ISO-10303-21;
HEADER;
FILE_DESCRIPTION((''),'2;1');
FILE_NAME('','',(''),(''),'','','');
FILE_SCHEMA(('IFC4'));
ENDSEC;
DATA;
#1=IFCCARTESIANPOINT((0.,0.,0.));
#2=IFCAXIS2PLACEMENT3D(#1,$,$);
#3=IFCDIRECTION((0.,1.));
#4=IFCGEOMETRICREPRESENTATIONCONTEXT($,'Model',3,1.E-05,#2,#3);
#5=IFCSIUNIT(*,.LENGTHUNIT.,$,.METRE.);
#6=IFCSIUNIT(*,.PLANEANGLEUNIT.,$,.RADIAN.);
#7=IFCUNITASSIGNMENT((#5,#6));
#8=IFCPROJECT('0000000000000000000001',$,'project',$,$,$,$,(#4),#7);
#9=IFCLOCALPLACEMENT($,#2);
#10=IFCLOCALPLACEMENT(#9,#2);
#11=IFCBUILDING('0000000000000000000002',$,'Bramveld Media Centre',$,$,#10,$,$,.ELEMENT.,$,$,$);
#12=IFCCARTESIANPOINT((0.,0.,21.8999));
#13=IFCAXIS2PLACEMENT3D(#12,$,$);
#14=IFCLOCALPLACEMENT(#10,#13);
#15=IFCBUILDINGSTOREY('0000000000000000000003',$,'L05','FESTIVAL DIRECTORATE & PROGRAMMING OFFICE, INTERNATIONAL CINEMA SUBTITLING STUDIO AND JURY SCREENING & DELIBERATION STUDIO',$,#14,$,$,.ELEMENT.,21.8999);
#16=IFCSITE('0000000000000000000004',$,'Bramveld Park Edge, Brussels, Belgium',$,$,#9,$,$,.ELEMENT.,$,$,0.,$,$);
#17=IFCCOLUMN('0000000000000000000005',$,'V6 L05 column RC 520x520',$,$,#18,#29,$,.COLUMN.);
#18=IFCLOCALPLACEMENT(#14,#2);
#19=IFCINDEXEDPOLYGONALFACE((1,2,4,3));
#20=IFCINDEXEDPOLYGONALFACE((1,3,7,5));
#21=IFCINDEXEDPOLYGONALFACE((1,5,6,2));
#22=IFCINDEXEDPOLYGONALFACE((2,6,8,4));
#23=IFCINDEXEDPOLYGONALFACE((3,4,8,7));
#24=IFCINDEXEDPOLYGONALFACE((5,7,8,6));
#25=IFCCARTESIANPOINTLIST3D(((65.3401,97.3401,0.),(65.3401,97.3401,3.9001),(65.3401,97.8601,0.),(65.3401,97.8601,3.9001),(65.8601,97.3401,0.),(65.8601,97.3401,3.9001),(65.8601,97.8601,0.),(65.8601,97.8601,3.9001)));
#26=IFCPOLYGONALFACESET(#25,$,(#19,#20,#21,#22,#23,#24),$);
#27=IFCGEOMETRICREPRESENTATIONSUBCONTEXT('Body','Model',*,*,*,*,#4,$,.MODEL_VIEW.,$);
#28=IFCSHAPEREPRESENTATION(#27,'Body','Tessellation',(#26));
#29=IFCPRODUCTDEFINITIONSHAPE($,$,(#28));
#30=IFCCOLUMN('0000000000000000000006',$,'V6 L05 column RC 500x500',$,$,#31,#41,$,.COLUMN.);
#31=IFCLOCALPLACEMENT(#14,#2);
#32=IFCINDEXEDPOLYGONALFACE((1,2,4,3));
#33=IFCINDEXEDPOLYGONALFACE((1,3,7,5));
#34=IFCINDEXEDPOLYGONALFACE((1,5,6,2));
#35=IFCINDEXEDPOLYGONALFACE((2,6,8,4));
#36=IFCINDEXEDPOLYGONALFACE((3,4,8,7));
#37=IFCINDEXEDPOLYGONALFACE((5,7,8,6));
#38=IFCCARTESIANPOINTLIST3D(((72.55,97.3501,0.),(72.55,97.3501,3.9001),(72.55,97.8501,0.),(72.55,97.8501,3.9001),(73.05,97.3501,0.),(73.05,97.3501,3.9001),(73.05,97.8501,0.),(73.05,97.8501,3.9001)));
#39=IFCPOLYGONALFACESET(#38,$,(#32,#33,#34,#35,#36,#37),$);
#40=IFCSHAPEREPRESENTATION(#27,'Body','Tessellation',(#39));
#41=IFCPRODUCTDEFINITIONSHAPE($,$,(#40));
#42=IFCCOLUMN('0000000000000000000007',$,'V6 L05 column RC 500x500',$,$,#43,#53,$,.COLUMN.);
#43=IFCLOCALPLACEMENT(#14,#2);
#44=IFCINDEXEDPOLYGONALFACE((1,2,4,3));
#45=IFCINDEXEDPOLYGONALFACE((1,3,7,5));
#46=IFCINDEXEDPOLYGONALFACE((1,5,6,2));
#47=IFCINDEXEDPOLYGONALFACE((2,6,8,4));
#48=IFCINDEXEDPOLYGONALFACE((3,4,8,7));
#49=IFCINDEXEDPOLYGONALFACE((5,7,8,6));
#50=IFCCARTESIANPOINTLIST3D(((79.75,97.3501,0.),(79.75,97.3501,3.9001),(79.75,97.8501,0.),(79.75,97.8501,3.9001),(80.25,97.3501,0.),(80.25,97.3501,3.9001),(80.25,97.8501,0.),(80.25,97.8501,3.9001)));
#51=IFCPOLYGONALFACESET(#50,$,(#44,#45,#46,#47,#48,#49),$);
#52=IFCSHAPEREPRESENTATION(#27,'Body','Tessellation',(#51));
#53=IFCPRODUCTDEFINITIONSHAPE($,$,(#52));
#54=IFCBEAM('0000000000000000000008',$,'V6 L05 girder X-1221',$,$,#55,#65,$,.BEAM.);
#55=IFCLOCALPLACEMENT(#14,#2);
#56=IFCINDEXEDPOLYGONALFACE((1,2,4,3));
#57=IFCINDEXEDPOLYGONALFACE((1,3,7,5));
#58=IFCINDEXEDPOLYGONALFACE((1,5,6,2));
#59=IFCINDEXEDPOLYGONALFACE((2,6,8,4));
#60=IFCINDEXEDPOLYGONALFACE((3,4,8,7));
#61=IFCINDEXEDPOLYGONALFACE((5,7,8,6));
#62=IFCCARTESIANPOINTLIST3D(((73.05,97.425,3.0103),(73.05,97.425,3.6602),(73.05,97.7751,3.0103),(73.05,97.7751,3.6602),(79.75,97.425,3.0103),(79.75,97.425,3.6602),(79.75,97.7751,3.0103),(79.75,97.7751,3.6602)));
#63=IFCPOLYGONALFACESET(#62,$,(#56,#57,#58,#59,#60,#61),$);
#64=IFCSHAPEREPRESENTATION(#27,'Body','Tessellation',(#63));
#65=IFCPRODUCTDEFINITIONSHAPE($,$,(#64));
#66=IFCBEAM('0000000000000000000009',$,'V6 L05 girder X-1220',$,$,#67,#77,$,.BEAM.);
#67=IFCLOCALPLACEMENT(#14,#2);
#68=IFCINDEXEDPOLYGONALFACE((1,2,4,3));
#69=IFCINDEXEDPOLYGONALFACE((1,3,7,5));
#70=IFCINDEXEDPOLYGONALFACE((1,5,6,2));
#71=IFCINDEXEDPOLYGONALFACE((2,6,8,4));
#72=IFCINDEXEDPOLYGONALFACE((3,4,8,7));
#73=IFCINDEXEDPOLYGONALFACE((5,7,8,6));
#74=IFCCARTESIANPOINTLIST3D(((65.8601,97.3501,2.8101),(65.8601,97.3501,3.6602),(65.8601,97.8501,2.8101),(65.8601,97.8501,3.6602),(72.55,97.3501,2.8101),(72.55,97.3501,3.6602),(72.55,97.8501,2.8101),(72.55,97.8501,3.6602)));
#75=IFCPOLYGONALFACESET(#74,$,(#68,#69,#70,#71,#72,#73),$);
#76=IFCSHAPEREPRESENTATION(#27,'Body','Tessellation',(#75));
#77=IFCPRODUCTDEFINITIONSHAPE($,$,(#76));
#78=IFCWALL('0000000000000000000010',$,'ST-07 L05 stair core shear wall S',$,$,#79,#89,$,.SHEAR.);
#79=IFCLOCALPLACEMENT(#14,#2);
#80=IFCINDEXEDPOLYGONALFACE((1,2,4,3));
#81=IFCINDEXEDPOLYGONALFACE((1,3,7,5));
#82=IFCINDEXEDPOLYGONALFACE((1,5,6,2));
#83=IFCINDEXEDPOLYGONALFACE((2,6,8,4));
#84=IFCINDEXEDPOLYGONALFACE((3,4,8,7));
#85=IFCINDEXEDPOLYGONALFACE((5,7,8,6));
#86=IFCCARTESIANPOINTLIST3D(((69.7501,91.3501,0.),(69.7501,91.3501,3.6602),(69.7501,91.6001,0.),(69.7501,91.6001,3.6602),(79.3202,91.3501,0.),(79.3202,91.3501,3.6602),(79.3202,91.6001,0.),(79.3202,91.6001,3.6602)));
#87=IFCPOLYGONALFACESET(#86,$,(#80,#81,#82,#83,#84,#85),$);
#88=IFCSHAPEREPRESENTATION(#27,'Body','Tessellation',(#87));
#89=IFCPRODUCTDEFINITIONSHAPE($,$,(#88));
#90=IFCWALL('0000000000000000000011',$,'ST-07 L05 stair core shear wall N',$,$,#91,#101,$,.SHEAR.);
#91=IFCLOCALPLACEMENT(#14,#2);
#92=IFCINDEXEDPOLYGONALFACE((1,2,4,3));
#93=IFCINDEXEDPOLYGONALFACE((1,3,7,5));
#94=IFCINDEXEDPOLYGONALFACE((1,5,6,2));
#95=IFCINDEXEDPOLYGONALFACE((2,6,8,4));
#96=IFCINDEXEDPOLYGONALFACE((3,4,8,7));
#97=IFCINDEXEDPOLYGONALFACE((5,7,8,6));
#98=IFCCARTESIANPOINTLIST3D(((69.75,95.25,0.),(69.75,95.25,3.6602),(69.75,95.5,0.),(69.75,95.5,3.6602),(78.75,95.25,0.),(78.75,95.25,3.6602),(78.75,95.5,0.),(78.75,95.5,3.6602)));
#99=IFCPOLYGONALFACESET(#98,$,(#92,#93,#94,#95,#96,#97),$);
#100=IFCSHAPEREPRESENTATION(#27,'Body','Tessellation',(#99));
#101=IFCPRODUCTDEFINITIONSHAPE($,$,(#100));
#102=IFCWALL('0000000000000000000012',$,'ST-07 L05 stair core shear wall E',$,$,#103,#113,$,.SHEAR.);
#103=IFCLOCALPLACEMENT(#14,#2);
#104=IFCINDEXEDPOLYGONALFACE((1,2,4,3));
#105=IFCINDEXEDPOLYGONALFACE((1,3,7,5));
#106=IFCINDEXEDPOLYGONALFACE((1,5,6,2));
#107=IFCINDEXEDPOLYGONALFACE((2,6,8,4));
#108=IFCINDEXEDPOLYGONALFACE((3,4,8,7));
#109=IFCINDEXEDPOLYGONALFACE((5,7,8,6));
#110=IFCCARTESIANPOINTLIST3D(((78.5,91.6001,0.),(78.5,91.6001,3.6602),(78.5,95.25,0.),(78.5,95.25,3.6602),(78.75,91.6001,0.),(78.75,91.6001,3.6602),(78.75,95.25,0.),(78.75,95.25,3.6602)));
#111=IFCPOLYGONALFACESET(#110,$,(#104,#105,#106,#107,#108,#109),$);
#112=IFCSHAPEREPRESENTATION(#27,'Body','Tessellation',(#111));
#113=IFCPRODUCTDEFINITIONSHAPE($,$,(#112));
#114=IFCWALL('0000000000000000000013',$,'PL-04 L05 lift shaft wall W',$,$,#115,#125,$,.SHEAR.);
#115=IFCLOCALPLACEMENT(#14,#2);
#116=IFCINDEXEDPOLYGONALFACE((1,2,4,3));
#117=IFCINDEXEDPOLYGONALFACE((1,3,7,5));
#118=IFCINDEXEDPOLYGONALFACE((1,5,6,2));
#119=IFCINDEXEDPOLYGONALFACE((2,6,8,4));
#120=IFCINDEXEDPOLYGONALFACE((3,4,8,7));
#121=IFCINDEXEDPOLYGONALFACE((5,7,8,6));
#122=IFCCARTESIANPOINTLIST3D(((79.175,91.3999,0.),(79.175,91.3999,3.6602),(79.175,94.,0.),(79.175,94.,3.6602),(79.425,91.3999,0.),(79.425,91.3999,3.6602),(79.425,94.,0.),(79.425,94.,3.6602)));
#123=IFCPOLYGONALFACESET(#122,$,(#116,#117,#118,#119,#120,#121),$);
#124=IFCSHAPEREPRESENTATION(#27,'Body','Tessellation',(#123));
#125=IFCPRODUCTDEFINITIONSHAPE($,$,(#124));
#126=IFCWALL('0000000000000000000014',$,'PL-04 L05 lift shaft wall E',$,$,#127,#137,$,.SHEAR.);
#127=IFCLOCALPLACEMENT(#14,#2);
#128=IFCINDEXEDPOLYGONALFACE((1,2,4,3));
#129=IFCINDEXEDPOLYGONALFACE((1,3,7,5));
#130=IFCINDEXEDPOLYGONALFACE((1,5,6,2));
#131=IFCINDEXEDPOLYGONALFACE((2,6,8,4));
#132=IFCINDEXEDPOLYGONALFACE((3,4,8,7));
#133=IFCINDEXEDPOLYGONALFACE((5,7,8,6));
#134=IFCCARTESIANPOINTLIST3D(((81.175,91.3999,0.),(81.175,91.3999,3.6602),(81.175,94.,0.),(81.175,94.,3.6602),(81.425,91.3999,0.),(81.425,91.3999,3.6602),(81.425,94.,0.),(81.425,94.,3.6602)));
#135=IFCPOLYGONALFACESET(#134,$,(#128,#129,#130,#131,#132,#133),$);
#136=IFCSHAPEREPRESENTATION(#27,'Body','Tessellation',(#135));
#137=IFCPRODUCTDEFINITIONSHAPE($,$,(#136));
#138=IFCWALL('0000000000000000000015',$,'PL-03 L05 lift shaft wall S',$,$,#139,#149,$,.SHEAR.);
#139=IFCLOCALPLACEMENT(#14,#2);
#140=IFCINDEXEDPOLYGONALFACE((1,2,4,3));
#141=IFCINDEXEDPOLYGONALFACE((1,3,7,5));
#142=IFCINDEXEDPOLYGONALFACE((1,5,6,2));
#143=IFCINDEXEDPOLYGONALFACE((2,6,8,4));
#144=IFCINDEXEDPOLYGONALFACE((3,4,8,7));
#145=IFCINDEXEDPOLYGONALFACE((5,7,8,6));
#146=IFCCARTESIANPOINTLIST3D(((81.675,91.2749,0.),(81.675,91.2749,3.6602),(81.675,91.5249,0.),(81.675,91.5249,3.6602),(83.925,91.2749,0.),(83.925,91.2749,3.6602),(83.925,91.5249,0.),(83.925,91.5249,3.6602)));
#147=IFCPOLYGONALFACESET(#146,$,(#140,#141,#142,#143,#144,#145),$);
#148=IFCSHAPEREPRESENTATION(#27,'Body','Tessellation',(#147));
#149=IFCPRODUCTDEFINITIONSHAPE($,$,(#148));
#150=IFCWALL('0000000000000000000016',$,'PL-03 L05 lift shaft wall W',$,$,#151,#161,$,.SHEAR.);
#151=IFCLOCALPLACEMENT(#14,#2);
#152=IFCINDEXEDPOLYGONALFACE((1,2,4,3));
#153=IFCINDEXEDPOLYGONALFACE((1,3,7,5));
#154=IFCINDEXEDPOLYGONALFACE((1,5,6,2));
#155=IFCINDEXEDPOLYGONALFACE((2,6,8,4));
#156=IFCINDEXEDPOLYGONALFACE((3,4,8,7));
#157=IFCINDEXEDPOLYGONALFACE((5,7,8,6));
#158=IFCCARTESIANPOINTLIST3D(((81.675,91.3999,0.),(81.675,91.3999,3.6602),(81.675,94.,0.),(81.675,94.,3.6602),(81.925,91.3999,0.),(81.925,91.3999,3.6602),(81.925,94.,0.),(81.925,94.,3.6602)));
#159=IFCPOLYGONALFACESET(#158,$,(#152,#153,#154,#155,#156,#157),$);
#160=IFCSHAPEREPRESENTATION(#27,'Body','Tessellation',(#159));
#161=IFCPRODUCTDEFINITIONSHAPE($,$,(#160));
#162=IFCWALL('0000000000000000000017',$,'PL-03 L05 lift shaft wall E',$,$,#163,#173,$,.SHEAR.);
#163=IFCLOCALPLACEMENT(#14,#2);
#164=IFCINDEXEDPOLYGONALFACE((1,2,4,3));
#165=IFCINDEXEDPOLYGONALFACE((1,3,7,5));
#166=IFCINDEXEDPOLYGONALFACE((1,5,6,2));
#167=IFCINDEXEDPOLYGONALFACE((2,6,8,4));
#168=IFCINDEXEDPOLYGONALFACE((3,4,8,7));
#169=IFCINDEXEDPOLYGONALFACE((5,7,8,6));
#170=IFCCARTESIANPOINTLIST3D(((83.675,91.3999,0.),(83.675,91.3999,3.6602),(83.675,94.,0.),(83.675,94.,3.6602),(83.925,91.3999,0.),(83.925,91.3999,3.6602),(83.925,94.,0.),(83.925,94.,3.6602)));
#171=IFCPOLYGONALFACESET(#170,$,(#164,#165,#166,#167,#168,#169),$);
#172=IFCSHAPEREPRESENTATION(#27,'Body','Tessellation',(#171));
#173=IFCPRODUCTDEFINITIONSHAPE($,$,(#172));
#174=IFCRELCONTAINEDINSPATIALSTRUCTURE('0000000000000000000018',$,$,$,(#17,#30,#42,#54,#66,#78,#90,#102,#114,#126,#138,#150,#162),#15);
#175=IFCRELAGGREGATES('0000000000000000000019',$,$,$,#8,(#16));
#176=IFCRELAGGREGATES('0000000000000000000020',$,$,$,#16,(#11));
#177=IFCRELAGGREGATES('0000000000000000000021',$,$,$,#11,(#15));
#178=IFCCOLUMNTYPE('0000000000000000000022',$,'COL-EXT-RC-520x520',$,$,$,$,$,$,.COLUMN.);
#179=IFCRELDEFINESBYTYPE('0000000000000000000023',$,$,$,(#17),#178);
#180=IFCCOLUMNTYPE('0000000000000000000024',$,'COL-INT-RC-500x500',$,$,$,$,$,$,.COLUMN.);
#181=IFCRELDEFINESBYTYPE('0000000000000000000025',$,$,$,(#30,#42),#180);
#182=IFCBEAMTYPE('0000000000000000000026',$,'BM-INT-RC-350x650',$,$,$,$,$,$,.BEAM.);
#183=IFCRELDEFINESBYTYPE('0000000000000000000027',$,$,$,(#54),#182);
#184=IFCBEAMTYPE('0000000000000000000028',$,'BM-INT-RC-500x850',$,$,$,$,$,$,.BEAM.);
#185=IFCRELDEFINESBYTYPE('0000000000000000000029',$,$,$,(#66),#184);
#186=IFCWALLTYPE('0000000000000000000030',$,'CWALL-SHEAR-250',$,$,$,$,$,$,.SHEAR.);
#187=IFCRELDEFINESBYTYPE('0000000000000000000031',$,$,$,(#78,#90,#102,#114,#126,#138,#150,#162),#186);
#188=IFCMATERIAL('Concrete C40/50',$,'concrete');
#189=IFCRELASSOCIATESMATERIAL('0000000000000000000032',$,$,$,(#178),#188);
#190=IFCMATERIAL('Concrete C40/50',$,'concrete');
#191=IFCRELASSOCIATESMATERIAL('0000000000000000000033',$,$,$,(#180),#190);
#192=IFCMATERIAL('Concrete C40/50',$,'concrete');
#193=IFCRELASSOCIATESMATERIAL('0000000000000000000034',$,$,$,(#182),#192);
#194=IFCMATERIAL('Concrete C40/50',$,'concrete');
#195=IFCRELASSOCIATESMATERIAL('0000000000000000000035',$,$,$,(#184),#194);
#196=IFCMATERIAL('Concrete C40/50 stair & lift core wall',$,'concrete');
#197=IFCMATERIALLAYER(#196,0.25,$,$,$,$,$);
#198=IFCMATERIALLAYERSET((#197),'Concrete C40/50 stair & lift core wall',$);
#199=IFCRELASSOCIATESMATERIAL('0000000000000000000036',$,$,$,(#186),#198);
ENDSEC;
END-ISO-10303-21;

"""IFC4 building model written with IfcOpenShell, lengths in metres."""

from ifc_helpers import new_model, si_unit, direction, frame, frame_2d, origin, origin_2d, place, context, subcontext, project, spatial, rectangle, extrude, material, layer, layer_set, material_profile, profile_set, type_object, element, save


model = new_model("IFC4")

# Units and contexts
model_context = context("Model", 3, precision=1e-05, world=origin(), true_north=direction((0.0, 1.0)))
body_context = subcontext(model_context, "Body", "Model", "MODEL_VIEW")
ifc_project = project(units=[si_unit("LENGTHUNIT", "METRE"), si_unit("PLANEANGLEUNIT", "RADIAN")], contexts=[model_context])

# Site, building, storey
site_placement = place(None, origin())
site = spatial("IfcSite", under=ifc_project, at=site_placement, Name="Bramveld Park Edge, Brussels, Belgium", CompositionType="ELEMENT", RefElevation=0.0)
building_placement = place(site_placement, origin())
building = spatial("IfcBuilding", under=site, at=building_placement, Name="Bramveld Media Centre", CompositionType="ELEMENT")
storey_placement = place(building_placement, frame((0.0, 0.0, 21.8999)))
storey = spatial("IfcBuildingStorey", under=building, at=storey_placement, Name="L05", Description="FESTIVAL DIRECTORATE & PROGRAMMING OFFICE, INTERNATIONAL CINEMA SUBTITLING STUDIO AND JURY SCREENING & DELIBERATION STUDIO", CompositionType="ELEMENT", Elevation=21.8999)

# Columns
ifc_material_1 = material(Name="Concrete C40/50", Category="concrete")
ifc_material_profile_1 = material_profile(ifc_material_1, rectangle(XDim=0.52, YDim=0.52, at=origin_2d()), Name="RC 520x520")
ifc_profile_set_1 = profile_set([ifc_material_profile_1], Name="Concrete C40/50")
column_type_1 = type_object("IfcColumnType", Name="COL-EXT-RC-520x520", PredefinedType="COLUMN", material=ifc_profile_set_1)
column_placement = place(storey_placement, frame((65.6001, 97.6001, 0.0), z_axis=(0.0, 0.0, 1.0), x_axis=(1.0, 0.0, 0.0)))
element("IfcColumn", 1, at=column_placement, inside=storey, type_object=column_type_1, Name="V6 L05 column RC 520x520", PredefinedType="COLUMN", context=body_context, shape_type="SweptSolid", body=[
    extrude(rectangle(XDim=0.52, YDim=0.52, at=origin_2d()), origin(), (0.0, 0.0, 1.0), 3.9001),
])
ifc_material_2 = material(Name="Concrete C40/50", Category="concrete")
ifc_material_profile_2 = material_profile(ifc_material_2, rectangle(XDim=0.5, YDim=0.5, at=origin_2d()), Name="RC 500x500")
ifc_profile_set_2 = profile_set([ifc_material_profile_2], Name="Concrete C40/50")
column_type_2 = type_object("IfcColumnType", Name="COL-INT-RC-500x500", PredefinedType="COLUMN", material=ifc_profile_set_2)
for number, where, z_axis, x_axis, name in (
    (2, (72.8, 97.6001, 0.0), (0.0, 0.0, 1.0), (1.0, 0.0, 0.0), "V6 L05 column RC 500x500"),
    (3, (80.0, 97.6001, 0.0), (0.0, 0.0, 1.0), (1.0, 0.0, 0.0), "V6 L05 column RC 500x500"),
):
    element("IfcColumn", number, at=place(storey_placement, frame(where, z_axis=z_axis, x_axis=x_axis)), inside=storey, type_object=column_type_2, Name=name, PredefinedType="COLUMN", context=body_context, shape_type="SweptSolid", body=[
        extrude(rectangle(XDim=0.5, YDim=0.5, at=origin_2d()), origin(), (0.0, 0.0, 1.0), 3.9001),
    ])

# Beams
ifc_material_3 = material(Name="Concrete C40/50", Category="concrete")
ifc_material_profile_3 = material_profile(ifc_material_3, rectangle(XDim=0.3501, YDim=0.6499, at=origin_2d()), Name="RC 350x650")
ifc_profile_set_3 = profile_set([ifc_material_profile_3], Name="Concrete C40/50")
beam_type_1 = type_object("IfcBeamType", Name="BM-INT-RC-350x650", PredefinedType="BEAM", material=ifc_profile_set_3)
beam_1_placement = place(storey_placement, frame((73.05, 97.6001, 3.3352), z_axis=(1.0, 0.0, 0.0), x_axis=(0.0, 1.0, 0.0)))
element("IfcBeam", 4, at=beam_1_placement, inside=storey, type_object=beam_type_1, Name="V6 L05 girder X-1221", PredefinedType="BEAM", context=body_context, shape_type="SweptSolid", body=[
    extrude(rectangle(XDim=0.3501, YDim=0.6499, at=origin_2d()), origin(), (0.0, 0.0, 1.0), 6.7),
])
ifc_material_4 = material(Name="Concrete C40/50", Category="concrete")
ifc_material_profile_4 = material_profile(ifc_material_4, rectangle(XDim=0.5, YDim=0.8501, at=origin_2d()), Name="RC 500x850")
ifc_profile_set_4 = profile_set([ifc_material_profile_4], Name="Concrete C40/50")
beam_type_2 = type_object("IfcBeamType", Name="BM-INT-RC-500x850", PredefinedType="BEAM", material=ifc_profile_set_4)
beam_2_placement = place(storey_placement, frame((65.8601, 97.6001, 3.2351), z_axis=(1.0, 0.0, 0.0), x_axis=(0.0, 1.0, 0.0)))
element("IfcBeam", 5, at=beam_2_placement, inside=storey, type_object=beam_type_2, Name="V6 L05 girder X-1220", PredefinedType="BEAM", context=body_context, shape_type="SweptSolid", body=[
    extrude(rectangle(XDim=0.5, YDim=0.8501, at=origin_2d()), origin(), (0.0, 0.0, 1.0), 6.6899),
])

# Walls
ifc_material_5 = material(Name="Concrete C40/50 stair & lift core wall", Category="concrete")
ifc_layer_1 = layer(ifc_material_5, 0.25)
ifc_layer_set_1 = layer_set([ifc_layer_1], Name="Concrete C40/50 stair & lift core wall")
wall_type_1 = type_object("IfcWallType", Name="CWALL-SHEAR-250", PredefinedType="SHEAR", material=ifc_layer_set_1)
wall_1_placement = place(storey_placement, frame((69.75, 91.4751, 0.0), z_axis=(0.0, 0.0, 1.0), x_axis=(1.0, 0.0, 0.0)))
element("IfcWall", 6, at=wall_1_placement, inside=storey, type_object=wall_type_1, Name="ST-07 L05 stair core shear wall S", PredefinedType="SHEAR", context=body_context, shape_type="SweptSolid", body=[
    extrude(rectangle(XDim=9.5701, YDim=0.25, at=frame_2d((4.7852, 0.0))), origin(), (0.0, 0.0, 1.0), 3.6602),
])
wall_2_placement = place(storey_placement, frame((78.75, 95.375, 0.0), z_axis=(0.0, 0.0, 1.0), x_axis=(-1.0, 0.0, 0.0)))
element("IfcWall", 7, at=wall_2_placement, inside=storey, type_object=wall_type_1, Name="ST-07 L05 stair core shear wall N", PredefinedType="SHEAR", context=body_context, shape_type="SweptSolid", body=[
    extrude(rectangle(XDim=9.0, YDim=0.25, at=frame_2d((4.5, 0.0))), origin(), (0.0, 0.0, 1.0), 3.6602),
])

# Wall
wall_3_placement = place(storey_placement, frame((78.625, 91.6001, 0.0), z_axis=(0.0, 0.0, 1.0), x_axis=(0.0, 1.0, 0.0)))
element("IfcWall", 8, at=wall_3_placement, inside=storey, type_object=wall_type_1, Name="ST-07 L05 stair core shear wall E", PredefinedType="SHEAR", context=body_context, shape_type="SweptSolid", body=[
    extrude(rectangle(XDim=3.6499, YDim=0.25, at=frame_2d((1.825, 0.0))), origin(), (0.0, 0.0, 1.0), 3.6602),
])

# Walls
for number, where, z_axis, x_axis, name in (
    (9, (79.3, 94.0, 0.0), (0.0, 0.0, 1.0), (0.0, -1.0, 0.0), "PL-04 L05 lift shaft wall W"),
    (10, (81.3, 91.3999, 0.0), (0.0, 0.0, 1.0), (0.0, 1.0, 0.0), "PL-04 L05 lift shaft wall E"),
):
    element("IfcWall", number, at=place(storey_placement, frame(where, z_axis=z_axis, x_axis=x_axis)), inside=storey, type_object=wall_type_1, Name=name, PredefinedType="SHEAR", context=body_context, shape_type="SweptSolid", body=[
        extrude(rectangle(XDim=2.6001, YDim=0.25, at=frame_2d((1.3, 0.0))), origin(), (0.0, 0.0, 1.0), 3.6602),
    ])
wall_4_placement = place(storey_placement, frame((81.675, 91.3999, 0.0), z_axis=(0.0, 0.0, 1.0), x_axis=(1.0, 0.0, 0.0)))
element("IfcWall", 11, at=wall_4_placement, inside=storey, type_object=wall_type_1, Name="PL-03 L05 lift shaft wall S", PredefinedType="SHEAR", context=body_context, shape_type="SweptSolid", body=[
    extrude(rectangle(XDim=2.25, YDim=0.25, at=frame_2d((1.125, 0.0))), origin(), (0.0, 0.0, 1.0), 3.6602),
])

# Walls
for number, where, z_axis, x_axis, name in (
    (12, (81.8, 94.0, 0.0), (0.0, 0.0, 1.0), (0.0, -1.0, 0.0), "PL-03 L05 lift shaft wall W"),
    (13, (83.8, 91.3999, 0.0), (0.0, 0.0, 1.0), (0.0, 1.0, 0.0), "PL-03 L05 lift shaft wall E"),
):
    element("IfcWall", number, at=place(storey_placement, frame(where, z_axis=z_axis, x_axis=x_axis)), inside=storey, type_object=wall_type_1, Name=name, PredefinedType="SHEAR", context=body_context, shape_type="SweptSolid", body=[
        extrude(rectangle(XDim=2.6001, YDim=0.25, at=frame_2d((1.3, 0.0))), origin(), (0.0, 0.0, 1.0), 3.6602),
    ])

save(model, "model.ifc")
